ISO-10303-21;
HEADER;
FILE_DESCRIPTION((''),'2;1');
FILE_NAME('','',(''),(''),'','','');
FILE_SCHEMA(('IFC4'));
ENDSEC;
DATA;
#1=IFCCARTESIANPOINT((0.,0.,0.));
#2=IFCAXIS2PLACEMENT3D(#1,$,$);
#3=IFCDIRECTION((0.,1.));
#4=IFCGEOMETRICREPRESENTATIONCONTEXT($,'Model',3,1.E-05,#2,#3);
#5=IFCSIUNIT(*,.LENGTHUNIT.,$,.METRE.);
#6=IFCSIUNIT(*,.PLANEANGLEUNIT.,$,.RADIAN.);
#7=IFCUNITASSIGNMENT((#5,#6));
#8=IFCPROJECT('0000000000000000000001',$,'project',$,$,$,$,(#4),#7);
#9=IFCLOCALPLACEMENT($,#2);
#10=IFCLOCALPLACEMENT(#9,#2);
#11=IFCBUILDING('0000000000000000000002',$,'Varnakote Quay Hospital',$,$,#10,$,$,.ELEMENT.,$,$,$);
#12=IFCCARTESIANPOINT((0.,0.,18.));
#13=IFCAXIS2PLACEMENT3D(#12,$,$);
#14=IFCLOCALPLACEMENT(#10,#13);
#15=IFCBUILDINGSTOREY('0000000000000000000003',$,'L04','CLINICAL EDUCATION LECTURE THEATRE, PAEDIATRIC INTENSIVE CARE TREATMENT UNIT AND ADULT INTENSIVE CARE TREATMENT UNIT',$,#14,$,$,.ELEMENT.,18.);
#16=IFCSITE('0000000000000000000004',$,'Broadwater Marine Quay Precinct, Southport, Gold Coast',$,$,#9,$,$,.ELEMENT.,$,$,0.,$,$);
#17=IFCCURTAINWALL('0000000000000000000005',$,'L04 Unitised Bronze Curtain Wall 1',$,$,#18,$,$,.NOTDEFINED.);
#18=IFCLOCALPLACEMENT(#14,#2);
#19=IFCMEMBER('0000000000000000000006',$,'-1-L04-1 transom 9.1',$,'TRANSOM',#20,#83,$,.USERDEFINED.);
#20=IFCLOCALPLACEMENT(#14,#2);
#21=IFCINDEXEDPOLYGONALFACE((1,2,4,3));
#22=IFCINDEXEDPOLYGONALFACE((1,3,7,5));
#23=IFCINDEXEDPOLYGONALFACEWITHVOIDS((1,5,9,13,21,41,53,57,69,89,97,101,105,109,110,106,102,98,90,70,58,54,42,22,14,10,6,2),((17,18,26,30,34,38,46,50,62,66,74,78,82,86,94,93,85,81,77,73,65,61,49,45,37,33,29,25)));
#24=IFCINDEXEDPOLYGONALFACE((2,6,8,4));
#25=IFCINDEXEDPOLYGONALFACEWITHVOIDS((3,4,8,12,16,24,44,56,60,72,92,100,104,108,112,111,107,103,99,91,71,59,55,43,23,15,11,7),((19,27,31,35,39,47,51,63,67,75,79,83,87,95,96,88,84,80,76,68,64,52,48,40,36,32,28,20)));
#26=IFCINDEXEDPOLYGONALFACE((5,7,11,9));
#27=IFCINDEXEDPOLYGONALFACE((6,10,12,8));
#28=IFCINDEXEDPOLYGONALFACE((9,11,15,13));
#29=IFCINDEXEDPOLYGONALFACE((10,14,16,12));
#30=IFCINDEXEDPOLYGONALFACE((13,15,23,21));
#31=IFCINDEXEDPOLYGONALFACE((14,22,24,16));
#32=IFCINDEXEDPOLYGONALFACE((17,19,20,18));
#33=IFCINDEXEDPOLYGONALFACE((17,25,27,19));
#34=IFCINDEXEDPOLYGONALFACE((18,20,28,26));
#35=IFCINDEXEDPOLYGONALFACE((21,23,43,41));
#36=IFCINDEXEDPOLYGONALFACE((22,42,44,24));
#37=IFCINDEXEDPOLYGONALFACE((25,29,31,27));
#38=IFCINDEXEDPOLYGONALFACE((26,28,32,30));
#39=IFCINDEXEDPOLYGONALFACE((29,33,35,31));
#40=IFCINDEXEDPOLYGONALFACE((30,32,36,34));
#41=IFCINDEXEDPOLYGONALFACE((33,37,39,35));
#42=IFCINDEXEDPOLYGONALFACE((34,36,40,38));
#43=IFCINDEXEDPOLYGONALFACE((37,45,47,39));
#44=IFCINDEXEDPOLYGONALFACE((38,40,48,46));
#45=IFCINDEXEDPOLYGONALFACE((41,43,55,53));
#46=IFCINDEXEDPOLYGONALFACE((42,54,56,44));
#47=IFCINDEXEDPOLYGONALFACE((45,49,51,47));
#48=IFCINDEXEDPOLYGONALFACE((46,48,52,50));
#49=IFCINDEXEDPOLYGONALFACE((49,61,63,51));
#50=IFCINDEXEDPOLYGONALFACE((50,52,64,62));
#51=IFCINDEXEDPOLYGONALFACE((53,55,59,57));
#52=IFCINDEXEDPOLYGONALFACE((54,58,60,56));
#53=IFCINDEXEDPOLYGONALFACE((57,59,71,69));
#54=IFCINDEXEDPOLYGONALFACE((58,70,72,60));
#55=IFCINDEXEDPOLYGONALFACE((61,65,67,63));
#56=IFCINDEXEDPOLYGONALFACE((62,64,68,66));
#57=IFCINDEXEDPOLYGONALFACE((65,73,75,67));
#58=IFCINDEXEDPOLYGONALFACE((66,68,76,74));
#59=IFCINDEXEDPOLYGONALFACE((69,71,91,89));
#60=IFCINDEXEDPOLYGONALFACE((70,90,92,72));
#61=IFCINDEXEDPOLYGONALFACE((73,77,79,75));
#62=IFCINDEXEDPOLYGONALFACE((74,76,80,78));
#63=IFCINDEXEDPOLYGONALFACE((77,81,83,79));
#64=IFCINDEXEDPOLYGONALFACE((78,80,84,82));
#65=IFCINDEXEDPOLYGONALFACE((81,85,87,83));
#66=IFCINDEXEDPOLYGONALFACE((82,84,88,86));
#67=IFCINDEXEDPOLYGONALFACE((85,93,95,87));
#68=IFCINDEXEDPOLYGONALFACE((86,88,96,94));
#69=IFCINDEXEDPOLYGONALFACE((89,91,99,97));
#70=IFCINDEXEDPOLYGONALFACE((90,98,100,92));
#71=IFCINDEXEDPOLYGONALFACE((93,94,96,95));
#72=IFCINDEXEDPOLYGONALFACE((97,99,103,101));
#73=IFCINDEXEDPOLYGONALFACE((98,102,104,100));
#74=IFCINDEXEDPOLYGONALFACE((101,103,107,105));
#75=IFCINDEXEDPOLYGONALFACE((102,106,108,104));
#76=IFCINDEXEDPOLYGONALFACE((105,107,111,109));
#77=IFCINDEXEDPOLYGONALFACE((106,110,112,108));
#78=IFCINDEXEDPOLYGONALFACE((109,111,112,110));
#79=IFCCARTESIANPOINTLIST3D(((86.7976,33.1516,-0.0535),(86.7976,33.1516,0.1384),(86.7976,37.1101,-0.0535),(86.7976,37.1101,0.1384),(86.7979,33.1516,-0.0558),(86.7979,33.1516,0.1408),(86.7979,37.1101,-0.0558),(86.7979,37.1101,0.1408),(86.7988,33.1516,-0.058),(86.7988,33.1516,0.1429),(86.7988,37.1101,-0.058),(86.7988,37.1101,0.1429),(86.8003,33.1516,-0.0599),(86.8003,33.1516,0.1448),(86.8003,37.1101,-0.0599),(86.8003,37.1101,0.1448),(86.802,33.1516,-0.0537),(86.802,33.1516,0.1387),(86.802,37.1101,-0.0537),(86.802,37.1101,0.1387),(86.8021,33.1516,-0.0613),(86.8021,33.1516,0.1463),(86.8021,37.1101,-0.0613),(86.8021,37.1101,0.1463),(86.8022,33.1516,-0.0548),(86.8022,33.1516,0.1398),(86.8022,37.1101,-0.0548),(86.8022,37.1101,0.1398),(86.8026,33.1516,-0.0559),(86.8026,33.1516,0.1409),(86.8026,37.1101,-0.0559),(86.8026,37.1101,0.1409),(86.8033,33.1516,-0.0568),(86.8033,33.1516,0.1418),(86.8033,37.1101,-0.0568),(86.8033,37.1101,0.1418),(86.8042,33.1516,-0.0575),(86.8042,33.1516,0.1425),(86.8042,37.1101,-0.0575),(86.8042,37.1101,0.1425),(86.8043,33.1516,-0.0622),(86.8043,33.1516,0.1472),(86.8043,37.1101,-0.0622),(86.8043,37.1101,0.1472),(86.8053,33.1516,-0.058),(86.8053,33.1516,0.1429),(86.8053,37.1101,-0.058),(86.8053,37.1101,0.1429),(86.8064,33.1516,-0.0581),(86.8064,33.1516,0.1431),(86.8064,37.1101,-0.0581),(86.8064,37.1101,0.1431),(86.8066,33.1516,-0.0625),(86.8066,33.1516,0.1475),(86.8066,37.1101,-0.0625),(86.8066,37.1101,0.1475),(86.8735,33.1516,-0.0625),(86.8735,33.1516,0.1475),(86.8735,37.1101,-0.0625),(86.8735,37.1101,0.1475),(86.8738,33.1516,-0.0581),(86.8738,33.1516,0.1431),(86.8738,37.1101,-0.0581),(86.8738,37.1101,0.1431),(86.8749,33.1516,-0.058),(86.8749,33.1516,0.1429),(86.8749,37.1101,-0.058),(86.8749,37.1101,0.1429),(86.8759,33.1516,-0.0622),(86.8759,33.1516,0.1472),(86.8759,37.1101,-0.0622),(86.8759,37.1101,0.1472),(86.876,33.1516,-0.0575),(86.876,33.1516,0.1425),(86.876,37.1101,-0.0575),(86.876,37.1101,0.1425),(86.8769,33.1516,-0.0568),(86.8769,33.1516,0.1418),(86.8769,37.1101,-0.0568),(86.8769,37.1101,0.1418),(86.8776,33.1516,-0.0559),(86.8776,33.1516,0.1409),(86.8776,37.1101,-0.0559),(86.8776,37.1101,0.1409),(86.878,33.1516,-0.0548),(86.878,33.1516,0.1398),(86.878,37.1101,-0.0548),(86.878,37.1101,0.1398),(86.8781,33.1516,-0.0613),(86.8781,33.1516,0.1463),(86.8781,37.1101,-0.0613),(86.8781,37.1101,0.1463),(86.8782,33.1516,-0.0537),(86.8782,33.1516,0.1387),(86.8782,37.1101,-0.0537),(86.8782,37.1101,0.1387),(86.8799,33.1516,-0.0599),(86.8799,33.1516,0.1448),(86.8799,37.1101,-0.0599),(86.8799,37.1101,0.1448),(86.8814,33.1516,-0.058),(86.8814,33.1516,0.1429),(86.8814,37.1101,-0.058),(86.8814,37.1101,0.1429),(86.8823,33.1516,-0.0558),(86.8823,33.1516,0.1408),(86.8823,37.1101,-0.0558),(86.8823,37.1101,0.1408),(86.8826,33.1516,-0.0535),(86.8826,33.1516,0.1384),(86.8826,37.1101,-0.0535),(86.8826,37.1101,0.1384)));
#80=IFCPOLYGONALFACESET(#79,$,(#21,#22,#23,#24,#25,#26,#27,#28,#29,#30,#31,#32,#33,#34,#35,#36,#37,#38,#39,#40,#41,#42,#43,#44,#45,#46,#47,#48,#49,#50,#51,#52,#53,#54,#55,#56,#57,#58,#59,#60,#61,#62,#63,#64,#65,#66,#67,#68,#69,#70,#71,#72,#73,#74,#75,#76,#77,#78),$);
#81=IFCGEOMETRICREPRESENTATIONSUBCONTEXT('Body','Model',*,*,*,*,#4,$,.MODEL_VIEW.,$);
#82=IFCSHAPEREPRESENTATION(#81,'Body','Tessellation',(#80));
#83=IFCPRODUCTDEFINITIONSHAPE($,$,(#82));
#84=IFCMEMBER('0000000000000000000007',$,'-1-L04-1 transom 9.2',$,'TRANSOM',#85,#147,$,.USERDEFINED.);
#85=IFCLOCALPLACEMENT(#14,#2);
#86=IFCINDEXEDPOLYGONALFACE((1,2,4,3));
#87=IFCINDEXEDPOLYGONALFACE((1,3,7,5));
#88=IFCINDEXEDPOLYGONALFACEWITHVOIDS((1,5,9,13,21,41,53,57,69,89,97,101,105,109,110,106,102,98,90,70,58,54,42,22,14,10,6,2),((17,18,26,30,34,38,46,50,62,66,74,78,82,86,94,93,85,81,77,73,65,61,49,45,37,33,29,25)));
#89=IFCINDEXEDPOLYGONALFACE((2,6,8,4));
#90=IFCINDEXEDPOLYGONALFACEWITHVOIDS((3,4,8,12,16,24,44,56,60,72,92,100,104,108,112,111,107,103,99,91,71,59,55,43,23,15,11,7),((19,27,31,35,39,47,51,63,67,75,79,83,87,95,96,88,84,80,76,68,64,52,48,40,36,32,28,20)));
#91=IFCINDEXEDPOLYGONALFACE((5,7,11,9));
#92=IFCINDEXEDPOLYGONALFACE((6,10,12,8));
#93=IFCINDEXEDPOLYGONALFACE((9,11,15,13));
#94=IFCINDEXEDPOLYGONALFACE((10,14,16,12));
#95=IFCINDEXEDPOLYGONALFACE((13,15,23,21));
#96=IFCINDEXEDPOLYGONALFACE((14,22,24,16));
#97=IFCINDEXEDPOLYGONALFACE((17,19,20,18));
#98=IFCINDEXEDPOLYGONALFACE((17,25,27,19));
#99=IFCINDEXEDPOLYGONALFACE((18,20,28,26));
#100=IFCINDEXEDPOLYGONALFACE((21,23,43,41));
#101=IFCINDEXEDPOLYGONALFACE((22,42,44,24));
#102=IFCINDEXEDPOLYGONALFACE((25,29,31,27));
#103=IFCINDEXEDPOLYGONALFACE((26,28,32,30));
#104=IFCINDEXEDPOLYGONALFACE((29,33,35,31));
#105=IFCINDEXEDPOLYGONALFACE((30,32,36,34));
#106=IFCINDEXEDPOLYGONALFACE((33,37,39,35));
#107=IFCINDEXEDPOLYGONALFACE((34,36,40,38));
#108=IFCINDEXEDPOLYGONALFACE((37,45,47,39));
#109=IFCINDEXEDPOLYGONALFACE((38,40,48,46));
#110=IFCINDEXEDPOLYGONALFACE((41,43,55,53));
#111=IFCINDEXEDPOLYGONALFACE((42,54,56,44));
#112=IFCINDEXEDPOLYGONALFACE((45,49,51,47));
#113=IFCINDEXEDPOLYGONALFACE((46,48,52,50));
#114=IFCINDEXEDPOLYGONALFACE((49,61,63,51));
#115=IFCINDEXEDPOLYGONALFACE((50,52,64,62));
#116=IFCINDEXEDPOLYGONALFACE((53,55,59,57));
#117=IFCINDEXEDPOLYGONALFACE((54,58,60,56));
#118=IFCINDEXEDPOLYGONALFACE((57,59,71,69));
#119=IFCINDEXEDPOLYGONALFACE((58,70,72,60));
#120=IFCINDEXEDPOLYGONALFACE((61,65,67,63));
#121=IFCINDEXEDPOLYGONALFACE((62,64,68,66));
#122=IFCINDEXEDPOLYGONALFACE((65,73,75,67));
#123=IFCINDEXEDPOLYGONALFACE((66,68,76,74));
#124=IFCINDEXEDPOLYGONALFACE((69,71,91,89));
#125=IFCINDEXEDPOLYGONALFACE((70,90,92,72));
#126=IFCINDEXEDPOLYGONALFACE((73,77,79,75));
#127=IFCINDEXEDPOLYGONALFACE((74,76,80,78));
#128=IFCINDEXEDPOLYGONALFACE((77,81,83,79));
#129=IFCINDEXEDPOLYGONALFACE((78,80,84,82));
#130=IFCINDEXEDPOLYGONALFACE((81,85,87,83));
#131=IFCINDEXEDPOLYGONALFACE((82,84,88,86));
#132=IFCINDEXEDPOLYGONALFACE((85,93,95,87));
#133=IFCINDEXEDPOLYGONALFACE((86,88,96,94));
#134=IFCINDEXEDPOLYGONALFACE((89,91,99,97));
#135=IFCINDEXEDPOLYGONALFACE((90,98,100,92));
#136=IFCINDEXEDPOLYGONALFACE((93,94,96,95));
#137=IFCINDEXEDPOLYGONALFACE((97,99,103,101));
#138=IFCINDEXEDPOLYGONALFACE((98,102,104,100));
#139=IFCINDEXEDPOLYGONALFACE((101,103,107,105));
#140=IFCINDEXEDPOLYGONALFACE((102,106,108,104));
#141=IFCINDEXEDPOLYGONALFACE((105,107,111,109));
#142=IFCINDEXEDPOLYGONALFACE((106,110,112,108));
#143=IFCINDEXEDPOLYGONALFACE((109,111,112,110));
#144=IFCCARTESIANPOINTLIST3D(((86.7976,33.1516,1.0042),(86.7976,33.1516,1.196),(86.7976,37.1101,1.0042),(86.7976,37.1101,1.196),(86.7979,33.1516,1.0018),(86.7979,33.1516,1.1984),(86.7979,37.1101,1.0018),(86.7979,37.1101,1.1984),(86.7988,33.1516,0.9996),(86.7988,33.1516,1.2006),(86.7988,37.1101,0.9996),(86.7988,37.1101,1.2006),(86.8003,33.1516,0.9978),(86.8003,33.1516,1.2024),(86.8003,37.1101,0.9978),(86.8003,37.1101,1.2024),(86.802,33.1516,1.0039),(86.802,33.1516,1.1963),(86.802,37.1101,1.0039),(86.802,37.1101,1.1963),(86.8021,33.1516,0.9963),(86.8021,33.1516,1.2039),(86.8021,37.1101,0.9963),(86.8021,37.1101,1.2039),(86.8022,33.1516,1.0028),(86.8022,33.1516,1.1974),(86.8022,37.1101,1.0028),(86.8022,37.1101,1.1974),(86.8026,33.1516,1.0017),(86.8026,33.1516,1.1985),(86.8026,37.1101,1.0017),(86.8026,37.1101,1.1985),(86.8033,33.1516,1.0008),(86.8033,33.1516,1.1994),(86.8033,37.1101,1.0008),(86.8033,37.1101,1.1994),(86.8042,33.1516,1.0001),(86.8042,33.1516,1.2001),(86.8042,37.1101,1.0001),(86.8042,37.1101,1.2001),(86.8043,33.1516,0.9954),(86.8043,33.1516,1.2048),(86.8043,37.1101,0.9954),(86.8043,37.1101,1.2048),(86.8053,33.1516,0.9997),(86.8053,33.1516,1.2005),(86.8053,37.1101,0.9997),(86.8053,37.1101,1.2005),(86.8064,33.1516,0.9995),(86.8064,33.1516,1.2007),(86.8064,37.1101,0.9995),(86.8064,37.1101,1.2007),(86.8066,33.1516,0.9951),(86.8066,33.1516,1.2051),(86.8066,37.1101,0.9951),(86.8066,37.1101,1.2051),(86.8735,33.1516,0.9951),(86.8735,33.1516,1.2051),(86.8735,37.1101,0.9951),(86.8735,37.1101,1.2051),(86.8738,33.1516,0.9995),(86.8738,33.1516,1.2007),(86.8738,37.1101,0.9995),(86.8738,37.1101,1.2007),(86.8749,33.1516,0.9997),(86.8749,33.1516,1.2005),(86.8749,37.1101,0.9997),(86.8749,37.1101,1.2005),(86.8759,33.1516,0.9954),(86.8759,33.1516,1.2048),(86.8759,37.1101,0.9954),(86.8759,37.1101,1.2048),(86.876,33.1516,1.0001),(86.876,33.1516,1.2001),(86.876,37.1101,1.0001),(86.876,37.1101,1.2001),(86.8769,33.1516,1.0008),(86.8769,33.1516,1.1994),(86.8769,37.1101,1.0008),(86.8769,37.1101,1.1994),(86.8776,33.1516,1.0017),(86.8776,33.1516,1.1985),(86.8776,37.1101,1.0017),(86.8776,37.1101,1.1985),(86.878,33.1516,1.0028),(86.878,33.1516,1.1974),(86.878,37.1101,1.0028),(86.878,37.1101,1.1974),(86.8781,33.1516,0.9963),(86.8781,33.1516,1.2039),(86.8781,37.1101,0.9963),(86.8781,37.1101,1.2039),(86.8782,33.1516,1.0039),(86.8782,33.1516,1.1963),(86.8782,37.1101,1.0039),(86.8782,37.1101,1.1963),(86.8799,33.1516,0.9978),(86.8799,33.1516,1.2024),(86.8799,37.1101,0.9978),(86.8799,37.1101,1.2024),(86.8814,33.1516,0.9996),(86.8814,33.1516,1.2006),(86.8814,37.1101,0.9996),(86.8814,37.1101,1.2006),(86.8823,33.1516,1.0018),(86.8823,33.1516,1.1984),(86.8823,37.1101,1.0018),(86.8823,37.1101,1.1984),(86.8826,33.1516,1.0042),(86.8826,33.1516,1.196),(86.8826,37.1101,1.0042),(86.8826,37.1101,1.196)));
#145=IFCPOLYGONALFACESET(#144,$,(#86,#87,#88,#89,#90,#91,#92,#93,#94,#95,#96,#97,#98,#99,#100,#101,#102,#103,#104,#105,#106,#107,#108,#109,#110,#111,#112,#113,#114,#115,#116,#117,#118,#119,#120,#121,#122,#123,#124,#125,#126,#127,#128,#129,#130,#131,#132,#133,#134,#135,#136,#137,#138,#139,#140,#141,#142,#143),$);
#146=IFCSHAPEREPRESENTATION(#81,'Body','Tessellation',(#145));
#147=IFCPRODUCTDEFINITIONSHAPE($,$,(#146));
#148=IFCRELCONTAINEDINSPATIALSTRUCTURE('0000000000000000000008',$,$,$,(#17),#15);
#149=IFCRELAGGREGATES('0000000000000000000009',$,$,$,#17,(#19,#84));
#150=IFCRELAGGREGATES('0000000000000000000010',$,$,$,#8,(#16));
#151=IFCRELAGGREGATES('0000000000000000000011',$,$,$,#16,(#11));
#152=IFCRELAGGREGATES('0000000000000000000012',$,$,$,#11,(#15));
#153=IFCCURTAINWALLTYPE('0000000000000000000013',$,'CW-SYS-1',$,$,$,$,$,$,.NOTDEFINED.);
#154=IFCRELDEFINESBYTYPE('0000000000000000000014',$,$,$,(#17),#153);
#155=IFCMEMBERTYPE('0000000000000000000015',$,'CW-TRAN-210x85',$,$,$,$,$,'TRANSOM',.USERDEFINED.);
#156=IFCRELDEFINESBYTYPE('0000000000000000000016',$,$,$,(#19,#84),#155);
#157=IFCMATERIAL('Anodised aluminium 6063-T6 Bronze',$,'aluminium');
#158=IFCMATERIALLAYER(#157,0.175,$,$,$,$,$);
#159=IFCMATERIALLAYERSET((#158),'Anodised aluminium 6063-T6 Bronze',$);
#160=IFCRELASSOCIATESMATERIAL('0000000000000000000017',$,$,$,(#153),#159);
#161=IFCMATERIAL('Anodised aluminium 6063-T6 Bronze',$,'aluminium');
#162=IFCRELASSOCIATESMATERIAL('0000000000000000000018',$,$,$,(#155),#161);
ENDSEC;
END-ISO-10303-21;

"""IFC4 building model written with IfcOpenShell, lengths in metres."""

from ifc_helpers import new_model, si_unit, direction, frame, origin, origin_2d, place, context, subcontext, project, spatial, hollow_rectangle, extrude, material, layer, layer_set, material_profile, profile_set, type_object, element, aggregate, save


model = new_model("IFC4")

# Units and contexts
model_context = context("Model", 3, precision=1e-05, world=origin(), true_north=direction((0.0, 1.0)))
body_context = subcontext(model_context, "Body", "Model", "MODEL_VIEW")
ifc_project = project(units=[si_unit("LENGTHUNIT", "METRE"), si_unit("PLANEANGLEUNIT", "RADIAN")], contexts=[model_context])

# Site, building, storey
site_placement = place(None, origin())
site = spatial("IfcSite", under=ifc_project, at=site_placement, Name="Broadwater Marine Quay Precinct, Southport, Gold Coast", CompositionType="ELEMENT", RefElevation=0.0)
building_placement = place(site_placement, origin())
building = spatial("IfcBuilding", under=site, at=building_placement, Name="Varnakote Quay Hospital", CompositionType="ELEMENT")
storey_placement = place(building_placement, frame((0.0, 0.0, 18.0)))
storey = spatial("IfcBuildingStorey", under=building, at=storey_placement, Name="L04", Description="CLINICAL EDUCATION LECTURE THEATRE, PAEDIATRIC INTENSIVE CARE TREATMENT UNIT AND ADULT INTENSIVE CARE TREATMENT UNIT", CompositionType="ELEMENT", Elevation=18.0)

# Curtain wall, members
ifc_material_1 = material(Name="Anodised aluminium 6063-T6 Bronze", Category="aluminium")
ifc_layer_1 = layer(ifc_material_1, 0.175)
ifc_layer_set_1 = layer_set([ifc_layer_1], Name="Anodised aluminium 6063-T6 Bronze")
curtain_wall_type = type_object("IfcCurtainWallType", Name="CW-SYS-1", PredefinedType="NOTDEFINED", material=ifc_layer_set_1)
curtain_wall_placement = place(storey_placement, origin())
curtain_wall = element("IfcCurtainWall", 1, at=curtain_wall_placement, inside=storey, type_object=curtain_wall_type, Name="L04 Unitised Bronze Curtain Wall 1", PredefinedType="NOTDEFINED")
ifc_material_2 = material(Name="Anodised aluminium 6063-T6 Bronze", Category="aluminium")
ifc_material_profile_1 = material_profile(ifc_material_2, hollow_rectangle(XDim=0.085, YDim=0.21, WallThickness=0.0044, InnerFilletRadius=0.0044, OuterFilletRadius=0.009, at=origin_2d()), Name="CW-TRAN-210x85")
ifc_profile_set_1 = profile_set([ifc_material_profile_1], Name="Anodised aluminium 6063-T6 Bronze")
member_type_1 = type_object("IfcMemberType", Name="CW-TRAN-210x85", ElementType="TRANSOM", PredefinedType="USERDEFINED", material=ifc_profile_set_1)
member_1_placement = place(storey_placement, frame((86.8401, 33.1516, 0.0425), z_axis=(0.0, 1.0, 0.0), x_axis=(-1.0, 0.0, 0.0)))
member_1 = element("IfcMember", 2, at=member_1_placement, type_object=member_type_1, Name="-1-L04-1 transom 9.1", ObjectType="TRANSOM", PredefinedType="USERDEFINED", context=body_context, shape_type="SweptSolid", body=[
    extrude(hollow_rectangle(XDim=0.085, YDim=0.21, WallThickness=0.0044, InnerFilletRadius=0.0044, OuterFilletRadius=0.009, at=origin_2d()), origin(), (0.0, 0.0, 1.0), 3.9585),
])
member_2_placement = place(storey_placement, frame((86.8401, 33.1516, 1.1001), z_axis=(0.0, 1.0, 0.0), x_axis=(-1.0, 0.0, 0.0)))
member_2 = element("IfcMember", 3, at=member_2_placement, type_object=member_type_1, Name="-1-L04-1 transom 9.2", ObjectType="TRANSOM", PredefinedType="USERDEFINED", context=body_context, shape_type="SweptSolid", body=[
    extrude(hollow_rectangle(XDim=0.085, YDim=0.21, WallThickness=0.0044, InnerFilletRadius=0.0044, OuterFilletRadius=0.009, at=origin_2d()), origin(), (0.0, 0.0, 1.0), 3.9585),
])

aggregate(curtain_wall, [member_1, member_2])

save(model, "model.ifc")
